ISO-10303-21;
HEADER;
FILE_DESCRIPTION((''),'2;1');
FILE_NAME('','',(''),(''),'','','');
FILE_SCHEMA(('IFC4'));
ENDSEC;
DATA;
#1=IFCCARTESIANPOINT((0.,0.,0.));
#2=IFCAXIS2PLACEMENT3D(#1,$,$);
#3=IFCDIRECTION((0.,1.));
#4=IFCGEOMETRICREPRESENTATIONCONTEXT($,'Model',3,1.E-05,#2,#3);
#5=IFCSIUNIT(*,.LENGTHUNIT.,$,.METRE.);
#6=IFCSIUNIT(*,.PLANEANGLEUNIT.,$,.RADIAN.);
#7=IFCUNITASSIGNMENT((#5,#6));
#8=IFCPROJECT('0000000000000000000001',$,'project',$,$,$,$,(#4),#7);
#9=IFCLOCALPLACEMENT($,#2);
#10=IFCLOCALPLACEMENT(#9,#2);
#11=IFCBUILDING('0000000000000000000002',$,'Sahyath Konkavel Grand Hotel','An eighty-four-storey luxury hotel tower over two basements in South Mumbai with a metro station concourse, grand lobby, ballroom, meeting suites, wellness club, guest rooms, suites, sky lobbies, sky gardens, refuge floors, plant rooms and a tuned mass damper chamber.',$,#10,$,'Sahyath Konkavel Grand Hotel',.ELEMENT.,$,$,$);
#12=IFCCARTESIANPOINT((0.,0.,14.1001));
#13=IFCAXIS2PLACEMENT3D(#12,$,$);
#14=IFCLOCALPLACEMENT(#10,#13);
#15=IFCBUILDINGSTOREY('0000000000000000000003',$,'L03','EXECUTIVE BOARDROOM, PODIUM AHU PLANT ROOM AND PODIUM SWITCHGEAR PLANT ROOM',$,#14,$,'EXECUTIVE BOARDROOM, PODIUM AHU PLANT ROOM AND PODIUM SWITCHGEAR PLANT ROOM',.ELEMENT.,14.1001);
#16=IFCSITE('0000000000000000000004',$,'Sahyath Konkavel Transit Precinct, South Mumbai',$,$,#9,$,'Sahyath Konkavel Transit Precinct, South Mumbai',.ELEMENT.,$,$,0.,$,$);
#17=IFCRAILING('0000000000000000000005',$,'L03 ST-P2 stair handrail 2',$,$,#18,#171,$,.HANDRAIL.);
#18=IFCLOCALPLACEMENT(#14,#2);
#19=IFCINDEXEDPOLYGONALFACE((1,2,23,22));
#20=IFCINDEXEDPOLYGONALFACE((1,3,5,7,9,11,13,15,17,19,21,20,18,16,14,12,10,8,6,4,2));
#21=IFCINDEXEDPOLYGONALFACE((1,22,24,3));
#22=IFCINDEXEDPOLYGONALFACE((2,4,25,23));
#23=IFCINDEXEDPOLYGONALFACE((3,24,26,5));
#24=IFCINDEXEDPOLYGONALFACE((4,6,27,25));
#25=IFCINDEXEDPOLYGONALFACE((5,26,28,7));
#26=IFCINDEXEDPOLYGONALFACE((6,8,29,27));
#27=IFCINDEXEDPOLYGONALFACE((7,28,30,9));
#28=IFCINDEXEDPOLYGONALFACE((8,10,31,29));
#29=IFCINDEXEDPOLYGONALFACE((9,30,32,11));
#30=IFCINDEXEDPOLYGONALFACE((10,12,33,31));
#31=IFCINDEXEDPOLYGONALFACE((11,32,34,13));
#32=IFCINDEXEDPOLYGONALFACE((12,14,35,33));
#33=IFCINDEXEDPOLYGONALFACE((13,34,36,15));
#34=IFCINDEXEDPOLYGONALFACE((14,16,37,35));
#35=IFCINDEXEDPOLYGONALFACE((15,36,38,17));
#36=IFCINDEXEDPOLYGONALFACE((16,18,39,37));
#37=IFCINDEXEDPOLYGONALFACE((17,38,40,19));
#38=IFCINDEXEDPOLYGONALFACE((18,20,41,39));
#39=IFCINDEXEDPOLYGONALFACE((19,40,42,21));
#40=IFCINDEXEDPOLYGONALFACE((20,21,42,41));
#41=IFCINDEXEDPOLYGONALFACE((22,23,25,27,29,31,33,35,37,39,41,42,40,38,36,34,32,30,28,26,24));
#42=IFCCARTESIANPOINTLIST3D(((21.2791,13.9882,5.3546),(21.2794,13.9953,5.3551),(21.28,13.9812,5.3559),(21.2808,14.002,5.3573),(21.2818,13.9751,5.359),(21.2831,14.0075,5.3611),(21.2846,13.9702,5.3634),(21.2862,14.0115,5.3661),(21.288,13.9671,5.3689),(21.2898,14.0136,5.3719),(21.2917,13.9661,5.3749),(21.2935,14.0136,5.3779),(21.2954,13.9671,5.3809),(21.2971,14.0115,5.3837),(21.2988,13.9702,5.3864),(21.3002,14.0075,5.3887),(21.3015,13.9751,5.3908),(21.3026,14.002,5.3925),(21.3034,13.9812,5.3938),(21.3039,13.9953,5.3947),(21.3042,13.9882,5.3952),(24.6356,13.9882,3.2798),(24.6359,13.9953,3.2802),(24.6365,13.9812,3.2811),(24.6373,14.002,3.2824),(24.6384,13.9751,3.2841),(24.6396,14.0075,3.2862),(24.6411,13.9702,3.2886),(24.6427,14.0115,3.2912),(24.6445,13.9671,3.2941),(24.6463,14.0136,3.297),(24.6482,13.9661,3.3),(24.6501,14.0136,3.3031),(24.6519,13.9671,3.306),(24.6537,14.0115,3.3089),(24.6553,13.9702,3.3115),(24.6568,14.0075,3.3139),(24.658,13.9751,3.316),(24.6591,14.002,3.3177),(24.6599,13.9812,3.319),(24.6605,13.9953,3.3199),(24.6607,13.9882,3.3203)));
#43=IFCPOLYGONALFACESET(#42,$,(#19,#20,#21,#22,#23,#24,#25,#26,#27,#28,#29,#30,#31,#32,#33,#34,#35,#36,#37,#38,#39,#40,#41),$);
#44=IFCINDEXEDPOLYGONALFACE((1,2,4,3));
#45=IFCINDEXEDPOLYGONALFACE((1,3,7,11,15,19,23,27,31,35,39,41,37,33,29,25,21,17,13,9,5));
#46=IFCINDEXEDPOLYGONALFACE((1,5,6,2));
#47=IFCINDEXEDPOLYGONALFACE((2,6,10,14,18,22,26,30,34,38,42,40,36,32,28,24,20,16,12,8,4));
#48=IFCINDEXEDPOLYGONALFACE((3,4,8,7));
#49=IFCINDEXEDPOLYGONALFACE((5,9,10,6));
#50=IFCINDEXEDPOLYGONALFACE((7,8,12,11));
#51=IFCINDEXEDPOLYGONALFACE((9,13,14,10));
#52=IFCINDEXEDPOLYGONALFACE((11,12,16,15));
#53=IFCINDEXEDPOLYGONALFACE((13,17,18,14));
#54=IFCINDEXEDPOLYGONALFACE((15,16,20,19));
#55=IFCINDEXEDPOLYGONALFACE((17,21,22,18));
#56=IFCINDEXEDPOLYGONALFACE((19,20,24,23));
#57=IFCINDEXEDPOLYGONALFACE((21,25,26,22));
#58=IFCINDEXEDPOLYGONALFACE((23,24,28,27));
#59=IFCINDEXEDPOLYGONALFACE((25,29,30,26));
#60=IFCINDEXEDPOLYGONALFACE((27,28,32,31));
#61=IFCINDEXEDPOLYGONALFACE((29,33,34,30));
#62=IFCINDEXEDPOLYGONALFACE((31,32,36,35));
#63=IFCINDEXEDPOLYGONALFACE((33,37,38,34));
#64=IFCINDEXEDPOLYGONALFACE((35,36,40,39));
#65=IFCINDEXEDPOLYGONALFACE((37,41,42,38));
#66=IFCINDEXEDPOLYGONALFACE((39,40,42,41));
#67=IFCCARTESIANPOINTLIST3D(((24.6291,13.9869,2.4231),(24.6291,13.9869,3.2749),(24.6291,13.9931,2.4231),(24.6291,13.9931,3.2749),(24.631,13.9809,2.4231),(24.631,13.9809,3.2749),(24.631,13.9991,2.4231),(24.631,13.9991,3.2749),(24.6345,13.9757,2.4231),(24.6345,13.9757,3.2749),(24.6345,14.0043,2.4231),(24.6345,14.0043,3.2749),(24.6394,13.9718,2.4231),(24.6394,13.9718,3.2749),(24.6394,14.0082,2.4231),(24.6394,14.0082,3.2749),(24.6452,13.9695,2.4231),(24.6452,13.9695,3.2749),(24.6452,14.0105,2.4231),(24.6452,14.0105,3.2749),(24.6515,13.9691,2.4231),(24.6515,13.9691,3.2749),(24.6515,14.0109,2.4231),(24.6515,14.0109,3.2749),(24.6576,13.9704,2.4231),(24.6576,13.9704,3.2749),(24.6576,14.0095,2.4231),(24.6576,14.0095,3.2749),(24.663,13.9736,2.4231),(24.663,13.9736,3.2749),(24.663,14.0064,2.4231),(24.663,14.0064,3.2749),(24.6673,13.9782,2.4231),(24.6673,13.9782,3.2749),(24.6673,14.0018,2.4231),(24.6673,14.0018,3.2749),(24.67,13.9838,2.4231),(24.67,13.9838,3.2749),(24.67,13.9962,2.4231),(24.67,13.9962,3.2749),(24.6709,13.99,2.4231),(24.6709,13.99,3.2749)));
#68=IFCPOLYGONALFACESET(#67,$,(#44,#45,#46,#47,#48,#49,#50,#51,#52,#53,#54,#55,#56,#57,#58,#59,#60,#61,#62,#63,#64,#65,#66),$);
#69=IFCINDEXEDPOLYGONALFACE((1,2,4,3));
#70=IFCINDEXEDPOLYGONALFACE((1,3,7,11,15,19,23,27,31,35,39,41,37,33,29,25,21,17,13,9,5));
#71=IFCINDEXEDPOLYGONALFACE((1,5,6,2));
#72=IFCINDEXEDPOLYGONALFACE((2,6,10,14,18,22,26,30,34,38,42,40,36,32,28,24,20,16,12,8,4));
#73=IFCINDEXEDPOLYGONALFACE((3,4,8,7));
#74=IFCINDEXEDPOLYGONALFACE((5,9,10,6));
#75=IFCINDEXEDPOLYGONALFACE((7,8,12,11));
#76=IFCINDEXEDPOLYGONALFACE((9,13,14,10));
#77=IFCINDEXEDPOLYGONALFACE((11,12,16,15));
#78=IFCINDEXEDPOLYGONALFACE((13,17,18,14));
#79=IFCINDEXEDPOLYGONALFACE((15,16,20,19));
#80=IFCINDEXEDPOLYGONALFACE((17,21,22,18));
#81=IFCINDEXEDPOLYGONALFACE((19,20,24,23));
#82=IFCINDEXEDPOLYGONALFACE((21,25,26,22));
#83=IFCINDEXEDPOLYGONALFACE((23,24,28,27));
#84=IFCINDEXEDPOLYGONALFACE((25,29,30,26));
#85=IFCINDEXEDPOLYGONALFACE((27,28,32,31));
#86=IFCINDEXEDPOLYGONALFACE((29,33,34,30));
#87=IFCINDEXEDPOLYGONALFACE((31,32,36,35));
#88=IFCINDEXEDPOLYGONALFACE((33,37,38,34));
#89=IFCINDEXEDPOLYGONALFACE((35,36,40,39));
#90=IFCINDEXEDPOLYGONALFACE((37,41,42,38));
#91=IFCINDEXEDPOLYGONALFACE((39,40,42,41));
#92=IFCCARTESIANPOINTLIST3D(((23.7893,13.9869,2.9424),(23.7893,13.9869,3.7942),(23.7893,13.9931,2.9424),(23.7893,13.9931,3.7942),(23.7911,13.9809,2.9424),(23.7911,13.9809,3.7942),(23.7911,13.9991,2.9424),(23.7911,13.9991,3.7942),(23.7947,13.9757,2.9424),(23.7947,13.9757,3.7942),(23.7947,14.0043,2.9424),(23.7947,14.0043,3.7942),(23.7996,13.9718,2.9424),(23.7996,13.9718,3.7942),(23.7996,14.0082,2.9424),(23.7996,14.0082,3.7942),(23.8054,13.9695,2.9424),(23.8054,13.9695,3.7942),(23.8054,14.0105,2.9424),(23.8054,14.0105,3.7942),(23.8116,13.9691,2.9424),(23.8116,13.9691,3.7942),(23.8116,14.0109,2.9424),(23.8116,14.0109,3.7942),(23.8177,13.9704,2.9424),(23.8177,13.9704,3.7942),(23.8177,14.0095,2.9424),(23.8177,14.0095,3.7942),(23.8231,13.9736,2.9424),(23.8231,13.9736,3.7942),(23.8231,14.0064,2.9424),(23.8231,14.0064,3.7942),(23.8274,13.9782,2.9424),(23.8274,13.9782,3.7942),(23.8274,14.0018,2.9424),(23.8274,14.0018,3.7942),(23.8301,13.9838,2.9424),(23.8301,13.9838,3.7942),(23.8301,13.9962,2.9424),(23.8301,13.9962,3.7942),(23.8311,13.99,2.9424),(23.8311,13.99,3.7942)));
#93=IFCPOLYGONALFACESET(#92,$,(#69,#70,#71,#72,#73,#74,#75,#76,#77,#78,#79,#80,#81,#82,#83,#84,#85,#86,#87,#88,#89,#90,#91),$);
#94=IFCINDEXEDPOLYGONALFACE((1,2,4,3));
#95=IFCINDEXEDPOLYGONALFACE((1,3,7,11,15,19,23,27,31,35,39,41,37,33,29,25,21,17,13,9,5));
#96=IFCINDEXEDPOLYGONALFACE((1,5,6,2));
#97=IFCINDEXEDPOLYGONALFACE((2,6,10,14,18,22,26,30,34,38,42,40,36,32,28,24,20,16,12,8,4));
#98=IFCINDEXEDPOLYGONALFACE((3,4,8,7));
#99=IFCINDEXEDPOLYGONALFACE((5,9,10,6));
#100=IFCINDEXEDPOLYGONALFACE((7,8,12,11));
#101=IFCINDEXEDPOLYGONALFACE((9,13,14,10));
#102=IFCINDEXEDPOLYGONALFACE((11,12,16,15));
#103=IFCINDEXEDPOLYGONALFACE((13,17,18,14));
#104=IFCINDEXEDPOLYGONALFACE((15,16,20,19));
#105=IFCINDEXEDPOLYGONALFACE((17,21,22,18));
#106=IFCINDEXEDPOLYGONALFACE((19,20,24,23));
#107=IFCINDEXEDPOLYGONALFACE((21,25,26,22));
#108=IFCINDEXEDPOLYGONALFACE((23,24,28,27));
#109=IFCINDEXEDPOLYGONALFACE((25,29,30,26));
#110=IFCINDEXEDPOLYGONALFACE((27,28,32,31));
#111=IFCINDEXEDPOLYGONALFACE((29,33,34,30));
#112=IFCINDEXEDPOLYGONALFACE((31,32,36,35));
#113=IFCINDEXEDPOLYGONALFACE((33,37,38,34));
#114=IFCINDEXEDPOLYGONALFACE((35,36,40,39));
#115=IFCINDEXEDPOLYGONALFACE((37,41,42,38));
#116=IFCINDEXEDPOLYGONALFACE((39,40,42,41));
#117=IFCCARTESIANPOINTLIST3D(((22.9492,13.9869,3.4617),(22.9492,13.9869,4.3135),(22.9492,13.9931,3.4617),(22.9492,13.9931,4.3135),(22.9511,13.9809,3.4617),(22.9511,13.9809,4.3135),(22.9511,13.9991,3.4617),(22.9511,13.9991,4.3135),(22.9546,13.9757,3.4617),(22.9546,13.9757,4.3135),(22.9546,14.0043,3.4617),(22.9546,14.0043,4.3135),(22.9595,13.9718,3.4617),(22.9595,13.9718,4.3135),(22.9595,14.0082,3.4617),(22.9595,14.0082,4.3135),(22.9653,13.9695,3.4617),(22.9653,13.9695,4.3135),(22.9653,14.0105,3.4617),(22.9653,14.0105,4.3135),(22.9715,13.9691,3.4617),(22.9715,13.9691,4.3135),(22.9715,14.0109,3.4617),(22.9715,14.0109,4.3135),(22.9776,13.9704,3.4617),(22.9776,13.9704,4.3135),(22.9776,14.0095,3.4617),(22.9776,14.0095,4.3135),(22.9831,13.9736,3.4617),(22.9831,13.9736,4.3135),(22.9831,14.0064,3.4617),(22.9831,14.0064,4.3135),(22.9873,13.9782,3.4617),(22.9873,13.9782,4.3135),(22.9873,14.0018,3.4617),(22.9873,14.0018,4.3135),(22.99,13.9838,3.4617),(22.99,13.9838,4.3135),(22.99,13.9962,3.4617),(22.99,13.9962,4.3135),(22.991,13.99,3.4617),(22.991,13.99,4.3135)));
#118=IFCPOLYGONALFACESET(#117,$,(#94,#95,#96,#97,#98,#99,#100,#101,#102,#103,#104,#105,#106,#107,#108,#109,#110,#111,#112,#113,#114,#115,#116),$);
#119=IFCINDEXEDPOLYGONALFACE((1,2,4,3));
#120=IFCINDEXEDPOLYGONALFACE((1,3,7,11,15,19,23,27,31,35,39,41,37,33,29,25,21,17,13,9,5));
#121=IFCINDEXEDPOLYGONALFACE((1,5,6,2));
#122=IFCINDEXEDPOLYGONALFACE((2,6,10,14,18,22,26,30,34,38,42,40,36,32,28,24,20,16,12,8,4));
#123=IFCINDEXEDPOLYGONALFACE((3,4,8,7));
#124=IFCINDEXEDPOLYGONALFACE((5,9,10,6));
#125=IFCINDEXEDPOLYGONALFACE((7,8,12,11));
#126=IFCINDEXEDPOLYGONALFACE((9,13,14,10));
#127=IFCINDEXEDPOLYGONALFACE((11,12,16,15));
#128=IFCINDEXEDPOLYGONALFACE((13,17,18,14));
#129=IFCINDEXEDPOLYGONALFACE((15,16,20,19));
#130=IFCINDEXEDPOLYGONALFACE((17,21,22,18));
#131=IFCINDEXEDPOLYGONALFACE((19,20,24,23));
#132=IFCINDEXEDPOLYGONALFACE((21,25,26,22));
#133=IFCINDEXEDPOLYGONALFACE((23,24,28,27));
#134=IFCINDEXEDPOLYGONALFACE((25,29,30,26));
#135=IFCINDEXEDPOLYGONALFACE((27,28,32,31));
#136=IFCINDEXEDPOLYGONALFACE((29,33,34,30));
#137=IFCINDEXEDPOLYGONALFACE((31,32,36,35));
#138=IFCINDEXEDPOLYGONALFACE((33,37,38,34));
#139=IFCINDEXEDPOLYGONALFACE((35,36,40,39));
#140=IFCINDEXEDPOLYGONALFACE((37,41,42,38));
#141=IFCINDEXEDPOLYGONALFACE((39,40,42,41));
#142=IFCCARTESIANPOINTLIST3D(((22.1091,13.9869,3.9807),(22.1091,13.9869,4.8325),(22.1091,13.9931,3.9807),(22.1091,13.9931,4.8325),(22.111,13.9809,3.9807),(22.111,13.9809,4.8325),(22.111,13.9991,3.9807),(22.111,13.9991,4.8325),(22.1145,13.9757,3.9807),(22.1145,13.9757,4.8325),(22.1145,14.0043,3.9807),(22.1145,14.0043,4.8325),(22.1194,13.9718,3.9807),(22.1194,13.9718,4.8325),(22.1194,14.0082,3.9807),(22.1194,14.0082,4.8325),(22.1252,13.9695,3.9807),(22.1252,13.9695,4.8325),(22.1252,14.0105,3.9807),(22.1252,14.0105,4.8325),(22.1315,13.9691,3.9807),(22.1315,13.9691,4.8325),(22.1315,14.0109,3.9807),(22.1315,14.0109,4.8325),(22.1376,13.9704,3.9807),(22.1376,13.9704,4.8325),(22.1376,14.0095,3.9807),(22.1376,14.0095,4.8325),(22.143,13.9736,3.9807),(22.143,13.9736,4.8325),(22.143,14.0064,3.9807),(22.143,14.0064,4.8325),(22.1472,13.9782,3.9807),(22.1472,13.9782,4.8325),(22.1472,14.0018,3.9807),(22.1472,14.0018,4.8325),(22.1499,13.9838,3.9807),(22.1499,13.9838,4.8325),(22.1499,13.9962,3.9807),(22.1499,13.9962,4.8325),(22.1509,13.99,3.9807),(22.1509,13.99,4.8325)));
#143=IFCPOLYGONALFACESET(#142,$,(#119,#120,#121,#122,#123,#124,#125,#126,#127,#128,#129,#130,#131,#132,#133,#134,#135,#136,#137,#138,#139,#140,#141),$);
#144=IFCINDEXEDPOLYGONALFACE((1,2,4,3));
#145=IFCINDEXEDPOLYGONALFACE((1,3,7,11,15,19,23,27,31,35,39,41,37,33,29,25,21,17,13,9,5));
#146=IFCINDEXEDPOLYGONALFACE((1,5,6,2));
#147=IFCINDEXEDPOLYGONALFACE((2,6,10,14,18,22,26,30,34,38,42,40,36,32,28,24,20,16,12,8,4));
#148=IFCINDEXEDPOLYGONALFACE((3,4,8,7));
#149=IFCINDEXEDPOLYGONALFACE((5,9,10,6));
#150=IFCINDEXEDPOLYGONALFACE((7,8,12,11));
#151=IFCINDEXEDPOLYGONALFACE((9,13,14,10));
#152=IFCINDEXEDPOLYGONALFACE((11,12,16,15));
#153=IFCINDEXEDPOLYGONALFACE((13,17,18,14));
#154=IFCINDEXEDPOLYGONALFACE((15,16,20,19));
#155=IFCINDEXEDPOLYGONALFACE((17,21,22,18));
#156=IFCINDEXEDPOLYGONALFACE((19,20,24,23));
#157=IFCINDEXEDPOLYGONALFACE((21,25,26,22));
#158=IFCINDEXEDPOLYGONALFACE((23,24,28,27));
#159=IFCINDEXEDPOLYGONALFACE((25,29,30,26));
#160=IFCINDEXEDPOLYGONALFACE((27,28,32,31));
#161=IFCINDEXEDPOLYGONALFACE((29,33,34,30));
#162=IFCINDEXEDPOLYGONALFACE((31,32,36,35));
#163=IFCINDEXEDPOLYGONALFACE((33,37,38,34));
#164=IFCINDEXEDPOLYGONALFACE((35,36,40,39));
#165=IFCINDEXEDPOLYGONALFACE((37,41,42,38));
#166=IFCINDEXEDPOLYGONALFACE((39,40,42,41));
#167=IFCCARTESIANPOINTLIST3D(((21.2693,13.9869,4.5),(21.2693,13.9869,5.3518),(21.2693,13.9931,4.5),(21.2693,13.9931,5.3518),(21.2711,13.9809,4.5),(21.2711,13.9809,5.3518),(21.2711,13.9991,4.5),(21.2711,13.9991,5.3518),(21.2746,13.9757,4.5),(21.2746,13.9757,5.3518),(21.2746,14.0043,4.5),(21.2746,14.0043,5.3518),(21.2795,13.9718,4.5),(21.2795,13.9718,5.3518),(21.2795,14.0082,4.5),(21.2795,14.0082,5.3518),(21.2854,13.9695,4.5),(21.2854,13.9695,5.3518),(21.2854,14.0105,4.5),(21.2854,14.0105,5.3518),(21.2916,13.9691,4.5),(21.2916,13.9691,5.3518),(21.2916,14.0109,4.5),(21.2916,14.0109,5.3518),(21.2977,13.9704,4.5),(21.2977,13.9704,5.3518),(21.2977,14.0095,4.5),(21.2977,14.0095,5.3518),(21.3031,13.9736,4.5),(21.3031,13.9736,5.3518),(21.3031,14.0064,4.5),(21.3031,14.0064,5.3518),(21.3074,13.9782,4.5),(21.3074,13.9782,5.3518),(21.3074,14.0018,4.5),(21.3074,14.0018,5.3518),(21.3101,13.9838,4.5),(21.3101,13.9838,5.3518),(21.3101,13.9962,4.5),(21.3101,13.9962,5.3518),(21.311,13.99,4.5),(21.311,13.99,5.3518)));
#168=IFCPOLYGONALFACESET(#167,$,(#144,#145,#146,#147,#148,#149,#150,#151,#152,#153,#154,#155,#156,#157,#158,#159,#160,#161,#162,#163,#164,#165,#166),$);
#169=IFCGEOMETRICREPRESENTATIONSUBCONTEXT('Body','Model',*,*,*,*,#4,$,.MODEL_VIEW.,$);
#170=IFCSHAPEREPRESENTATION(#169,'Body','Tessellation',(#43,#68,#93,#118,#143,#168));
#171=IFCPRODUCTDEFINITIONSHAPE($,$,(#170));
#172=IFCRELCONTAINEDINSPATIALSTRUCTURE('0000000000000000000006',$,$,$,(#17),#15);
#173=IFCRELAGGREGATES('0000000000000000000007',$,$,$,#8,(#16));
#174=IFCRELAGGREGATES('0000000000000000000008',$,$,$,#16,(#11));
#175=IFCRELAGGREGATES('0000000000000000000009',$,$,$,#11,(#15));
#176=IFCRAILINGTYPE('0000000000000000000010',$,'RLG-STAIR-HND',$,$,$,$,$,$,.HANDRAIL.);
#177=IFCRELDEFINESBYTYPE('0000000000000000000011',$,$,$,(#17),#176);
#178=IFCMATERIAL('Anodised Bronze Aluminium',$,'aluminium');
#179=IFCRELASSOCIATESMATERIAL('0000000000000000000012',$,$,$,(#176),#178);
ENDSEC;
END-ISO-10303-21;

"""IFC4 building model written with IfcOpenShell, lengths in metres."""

from ifc_helpers import new_model, si_unit, direction, frame, origin, origin_2d, place, context, subcontext, project, spatial, circle, extrude, material, type_object, element, save


model = new_model("IFC4")

# Units and contexts
model_context = context("Model", 3, precision=1e-05, world=origin(), true_north=direction((0.0, 1.0)))
body_context = subcontext(model_context, "Body", "Model", "MODEL_VIEW")
ifc_project = project(units=[si_unit("LENGTHUNIT", "METRE"), si_unit("PLANEANGLEUNIT", "RADIAN")], contexts=[model_context])

# Site, building, storey
site_placement = place(None, origin())
site = spatial("IfcSite", under=ifc_project, at=site_placement, Name="Sahyath Konkavel Transit Precinct, South Mumbai", LongName="Sahyath Konkavel Transit Precinct, South Mumbai", CompositionType="ELEMENT", RefElevation=0.0)
building_placement = place(site_placement, origin())
building = spatial("IfcBuilding", under=site, at=building_placement, Name="Sahyath Konkavel Grand Hotel", Description="An eighty-four-storey luxury hotel tower over two basements in South Mumbai with a metro station concourse, grand lobby, ballroom, meeting suites, wellness club, guest rooms, suites, sky lobbies, sky gardens, refuge floors, plant rooms and a tuned mass damper chamber.", LongName="Sahyath Konkavel Grand Hotel", CompositionType="ELEMENT")
storey_placement = place(building_placement, frame((0.0, 0.0, 14.1001)))
storey = spatial("IfcBuildingStorey", under=building, at=storey_placement, Name="L03", Description="EXECUTIVE BOARDROOM, PODIUM AHU PLANT ROOM AND PODIUM SWITCHGEAR PLANT ROOM", LongName="EXECUTIVE BOARDROOM, PODIUM AHU PLANT ROOM AND PODIUM SWITCHGEAR PLANT ROOM", CompositionType="ELEMENT", Elevation=14.1001)

# Shared definitions
ifc_material_1 = material(Name="Anodised Bronze Aluminium", Category="aluminium")

# Railing
railing_type_1 = type_object("IfcRailingType", Name="RLG-STAIR-HND", PredefinedType="HANDRAIL", material=ifc_material_1)
railing_1_placement = place(storey_placement, frame((24.6499, 13.99, 2.4231)))
element("IfcRailing", 1, at=railing_1_placement, inside=storey, type_object=railing_type_1, Name="L03 ST-P2 stair handrail 2", PredefinedType="HANDRAIL", context=body_context, shape_type="SweptSolid", body=[
    extrude(circle(Radius=0.0239, at=origin_2d()), frame((-0.0017, 0.0, 0.877), z_axis=(-0.850606, 0.0, 0.525803), x_axis=(0.0, -1.0, 0.0)), (0.0, 0.0, 1.0), 3.946),
    extrude(circle(Radius=0.021, at=origin_2d()), origin(), (0.0, 0.0, 1.0), 0.8518),
    extrude(circle(Radius=0.021, at=origin_2d()), frame((-0.8398, 0.0, 0.5193)), (0.0, 0.0, 1.0), 0.8518),
    extrude(circle(Radius=0.021, at=origin_2d()), frame((-1.6799, 0.0, 1.0386)), (0.0, 0.0, 1.0), 0.8518),
    extrude(circle(Radius=0.021, at=origin_2d()), frame((-2.52, 0.0, 1.5576)), (0.0, 0.0, 1.0), 0.8518),
    extrude(circle(Radius=0.021, at=origin_2d()), frame((-3.3599, 0.0, 2.0769)), (0.0, 0.0, 1.0), 0.8518),
])

save(model, "model.ifc")
